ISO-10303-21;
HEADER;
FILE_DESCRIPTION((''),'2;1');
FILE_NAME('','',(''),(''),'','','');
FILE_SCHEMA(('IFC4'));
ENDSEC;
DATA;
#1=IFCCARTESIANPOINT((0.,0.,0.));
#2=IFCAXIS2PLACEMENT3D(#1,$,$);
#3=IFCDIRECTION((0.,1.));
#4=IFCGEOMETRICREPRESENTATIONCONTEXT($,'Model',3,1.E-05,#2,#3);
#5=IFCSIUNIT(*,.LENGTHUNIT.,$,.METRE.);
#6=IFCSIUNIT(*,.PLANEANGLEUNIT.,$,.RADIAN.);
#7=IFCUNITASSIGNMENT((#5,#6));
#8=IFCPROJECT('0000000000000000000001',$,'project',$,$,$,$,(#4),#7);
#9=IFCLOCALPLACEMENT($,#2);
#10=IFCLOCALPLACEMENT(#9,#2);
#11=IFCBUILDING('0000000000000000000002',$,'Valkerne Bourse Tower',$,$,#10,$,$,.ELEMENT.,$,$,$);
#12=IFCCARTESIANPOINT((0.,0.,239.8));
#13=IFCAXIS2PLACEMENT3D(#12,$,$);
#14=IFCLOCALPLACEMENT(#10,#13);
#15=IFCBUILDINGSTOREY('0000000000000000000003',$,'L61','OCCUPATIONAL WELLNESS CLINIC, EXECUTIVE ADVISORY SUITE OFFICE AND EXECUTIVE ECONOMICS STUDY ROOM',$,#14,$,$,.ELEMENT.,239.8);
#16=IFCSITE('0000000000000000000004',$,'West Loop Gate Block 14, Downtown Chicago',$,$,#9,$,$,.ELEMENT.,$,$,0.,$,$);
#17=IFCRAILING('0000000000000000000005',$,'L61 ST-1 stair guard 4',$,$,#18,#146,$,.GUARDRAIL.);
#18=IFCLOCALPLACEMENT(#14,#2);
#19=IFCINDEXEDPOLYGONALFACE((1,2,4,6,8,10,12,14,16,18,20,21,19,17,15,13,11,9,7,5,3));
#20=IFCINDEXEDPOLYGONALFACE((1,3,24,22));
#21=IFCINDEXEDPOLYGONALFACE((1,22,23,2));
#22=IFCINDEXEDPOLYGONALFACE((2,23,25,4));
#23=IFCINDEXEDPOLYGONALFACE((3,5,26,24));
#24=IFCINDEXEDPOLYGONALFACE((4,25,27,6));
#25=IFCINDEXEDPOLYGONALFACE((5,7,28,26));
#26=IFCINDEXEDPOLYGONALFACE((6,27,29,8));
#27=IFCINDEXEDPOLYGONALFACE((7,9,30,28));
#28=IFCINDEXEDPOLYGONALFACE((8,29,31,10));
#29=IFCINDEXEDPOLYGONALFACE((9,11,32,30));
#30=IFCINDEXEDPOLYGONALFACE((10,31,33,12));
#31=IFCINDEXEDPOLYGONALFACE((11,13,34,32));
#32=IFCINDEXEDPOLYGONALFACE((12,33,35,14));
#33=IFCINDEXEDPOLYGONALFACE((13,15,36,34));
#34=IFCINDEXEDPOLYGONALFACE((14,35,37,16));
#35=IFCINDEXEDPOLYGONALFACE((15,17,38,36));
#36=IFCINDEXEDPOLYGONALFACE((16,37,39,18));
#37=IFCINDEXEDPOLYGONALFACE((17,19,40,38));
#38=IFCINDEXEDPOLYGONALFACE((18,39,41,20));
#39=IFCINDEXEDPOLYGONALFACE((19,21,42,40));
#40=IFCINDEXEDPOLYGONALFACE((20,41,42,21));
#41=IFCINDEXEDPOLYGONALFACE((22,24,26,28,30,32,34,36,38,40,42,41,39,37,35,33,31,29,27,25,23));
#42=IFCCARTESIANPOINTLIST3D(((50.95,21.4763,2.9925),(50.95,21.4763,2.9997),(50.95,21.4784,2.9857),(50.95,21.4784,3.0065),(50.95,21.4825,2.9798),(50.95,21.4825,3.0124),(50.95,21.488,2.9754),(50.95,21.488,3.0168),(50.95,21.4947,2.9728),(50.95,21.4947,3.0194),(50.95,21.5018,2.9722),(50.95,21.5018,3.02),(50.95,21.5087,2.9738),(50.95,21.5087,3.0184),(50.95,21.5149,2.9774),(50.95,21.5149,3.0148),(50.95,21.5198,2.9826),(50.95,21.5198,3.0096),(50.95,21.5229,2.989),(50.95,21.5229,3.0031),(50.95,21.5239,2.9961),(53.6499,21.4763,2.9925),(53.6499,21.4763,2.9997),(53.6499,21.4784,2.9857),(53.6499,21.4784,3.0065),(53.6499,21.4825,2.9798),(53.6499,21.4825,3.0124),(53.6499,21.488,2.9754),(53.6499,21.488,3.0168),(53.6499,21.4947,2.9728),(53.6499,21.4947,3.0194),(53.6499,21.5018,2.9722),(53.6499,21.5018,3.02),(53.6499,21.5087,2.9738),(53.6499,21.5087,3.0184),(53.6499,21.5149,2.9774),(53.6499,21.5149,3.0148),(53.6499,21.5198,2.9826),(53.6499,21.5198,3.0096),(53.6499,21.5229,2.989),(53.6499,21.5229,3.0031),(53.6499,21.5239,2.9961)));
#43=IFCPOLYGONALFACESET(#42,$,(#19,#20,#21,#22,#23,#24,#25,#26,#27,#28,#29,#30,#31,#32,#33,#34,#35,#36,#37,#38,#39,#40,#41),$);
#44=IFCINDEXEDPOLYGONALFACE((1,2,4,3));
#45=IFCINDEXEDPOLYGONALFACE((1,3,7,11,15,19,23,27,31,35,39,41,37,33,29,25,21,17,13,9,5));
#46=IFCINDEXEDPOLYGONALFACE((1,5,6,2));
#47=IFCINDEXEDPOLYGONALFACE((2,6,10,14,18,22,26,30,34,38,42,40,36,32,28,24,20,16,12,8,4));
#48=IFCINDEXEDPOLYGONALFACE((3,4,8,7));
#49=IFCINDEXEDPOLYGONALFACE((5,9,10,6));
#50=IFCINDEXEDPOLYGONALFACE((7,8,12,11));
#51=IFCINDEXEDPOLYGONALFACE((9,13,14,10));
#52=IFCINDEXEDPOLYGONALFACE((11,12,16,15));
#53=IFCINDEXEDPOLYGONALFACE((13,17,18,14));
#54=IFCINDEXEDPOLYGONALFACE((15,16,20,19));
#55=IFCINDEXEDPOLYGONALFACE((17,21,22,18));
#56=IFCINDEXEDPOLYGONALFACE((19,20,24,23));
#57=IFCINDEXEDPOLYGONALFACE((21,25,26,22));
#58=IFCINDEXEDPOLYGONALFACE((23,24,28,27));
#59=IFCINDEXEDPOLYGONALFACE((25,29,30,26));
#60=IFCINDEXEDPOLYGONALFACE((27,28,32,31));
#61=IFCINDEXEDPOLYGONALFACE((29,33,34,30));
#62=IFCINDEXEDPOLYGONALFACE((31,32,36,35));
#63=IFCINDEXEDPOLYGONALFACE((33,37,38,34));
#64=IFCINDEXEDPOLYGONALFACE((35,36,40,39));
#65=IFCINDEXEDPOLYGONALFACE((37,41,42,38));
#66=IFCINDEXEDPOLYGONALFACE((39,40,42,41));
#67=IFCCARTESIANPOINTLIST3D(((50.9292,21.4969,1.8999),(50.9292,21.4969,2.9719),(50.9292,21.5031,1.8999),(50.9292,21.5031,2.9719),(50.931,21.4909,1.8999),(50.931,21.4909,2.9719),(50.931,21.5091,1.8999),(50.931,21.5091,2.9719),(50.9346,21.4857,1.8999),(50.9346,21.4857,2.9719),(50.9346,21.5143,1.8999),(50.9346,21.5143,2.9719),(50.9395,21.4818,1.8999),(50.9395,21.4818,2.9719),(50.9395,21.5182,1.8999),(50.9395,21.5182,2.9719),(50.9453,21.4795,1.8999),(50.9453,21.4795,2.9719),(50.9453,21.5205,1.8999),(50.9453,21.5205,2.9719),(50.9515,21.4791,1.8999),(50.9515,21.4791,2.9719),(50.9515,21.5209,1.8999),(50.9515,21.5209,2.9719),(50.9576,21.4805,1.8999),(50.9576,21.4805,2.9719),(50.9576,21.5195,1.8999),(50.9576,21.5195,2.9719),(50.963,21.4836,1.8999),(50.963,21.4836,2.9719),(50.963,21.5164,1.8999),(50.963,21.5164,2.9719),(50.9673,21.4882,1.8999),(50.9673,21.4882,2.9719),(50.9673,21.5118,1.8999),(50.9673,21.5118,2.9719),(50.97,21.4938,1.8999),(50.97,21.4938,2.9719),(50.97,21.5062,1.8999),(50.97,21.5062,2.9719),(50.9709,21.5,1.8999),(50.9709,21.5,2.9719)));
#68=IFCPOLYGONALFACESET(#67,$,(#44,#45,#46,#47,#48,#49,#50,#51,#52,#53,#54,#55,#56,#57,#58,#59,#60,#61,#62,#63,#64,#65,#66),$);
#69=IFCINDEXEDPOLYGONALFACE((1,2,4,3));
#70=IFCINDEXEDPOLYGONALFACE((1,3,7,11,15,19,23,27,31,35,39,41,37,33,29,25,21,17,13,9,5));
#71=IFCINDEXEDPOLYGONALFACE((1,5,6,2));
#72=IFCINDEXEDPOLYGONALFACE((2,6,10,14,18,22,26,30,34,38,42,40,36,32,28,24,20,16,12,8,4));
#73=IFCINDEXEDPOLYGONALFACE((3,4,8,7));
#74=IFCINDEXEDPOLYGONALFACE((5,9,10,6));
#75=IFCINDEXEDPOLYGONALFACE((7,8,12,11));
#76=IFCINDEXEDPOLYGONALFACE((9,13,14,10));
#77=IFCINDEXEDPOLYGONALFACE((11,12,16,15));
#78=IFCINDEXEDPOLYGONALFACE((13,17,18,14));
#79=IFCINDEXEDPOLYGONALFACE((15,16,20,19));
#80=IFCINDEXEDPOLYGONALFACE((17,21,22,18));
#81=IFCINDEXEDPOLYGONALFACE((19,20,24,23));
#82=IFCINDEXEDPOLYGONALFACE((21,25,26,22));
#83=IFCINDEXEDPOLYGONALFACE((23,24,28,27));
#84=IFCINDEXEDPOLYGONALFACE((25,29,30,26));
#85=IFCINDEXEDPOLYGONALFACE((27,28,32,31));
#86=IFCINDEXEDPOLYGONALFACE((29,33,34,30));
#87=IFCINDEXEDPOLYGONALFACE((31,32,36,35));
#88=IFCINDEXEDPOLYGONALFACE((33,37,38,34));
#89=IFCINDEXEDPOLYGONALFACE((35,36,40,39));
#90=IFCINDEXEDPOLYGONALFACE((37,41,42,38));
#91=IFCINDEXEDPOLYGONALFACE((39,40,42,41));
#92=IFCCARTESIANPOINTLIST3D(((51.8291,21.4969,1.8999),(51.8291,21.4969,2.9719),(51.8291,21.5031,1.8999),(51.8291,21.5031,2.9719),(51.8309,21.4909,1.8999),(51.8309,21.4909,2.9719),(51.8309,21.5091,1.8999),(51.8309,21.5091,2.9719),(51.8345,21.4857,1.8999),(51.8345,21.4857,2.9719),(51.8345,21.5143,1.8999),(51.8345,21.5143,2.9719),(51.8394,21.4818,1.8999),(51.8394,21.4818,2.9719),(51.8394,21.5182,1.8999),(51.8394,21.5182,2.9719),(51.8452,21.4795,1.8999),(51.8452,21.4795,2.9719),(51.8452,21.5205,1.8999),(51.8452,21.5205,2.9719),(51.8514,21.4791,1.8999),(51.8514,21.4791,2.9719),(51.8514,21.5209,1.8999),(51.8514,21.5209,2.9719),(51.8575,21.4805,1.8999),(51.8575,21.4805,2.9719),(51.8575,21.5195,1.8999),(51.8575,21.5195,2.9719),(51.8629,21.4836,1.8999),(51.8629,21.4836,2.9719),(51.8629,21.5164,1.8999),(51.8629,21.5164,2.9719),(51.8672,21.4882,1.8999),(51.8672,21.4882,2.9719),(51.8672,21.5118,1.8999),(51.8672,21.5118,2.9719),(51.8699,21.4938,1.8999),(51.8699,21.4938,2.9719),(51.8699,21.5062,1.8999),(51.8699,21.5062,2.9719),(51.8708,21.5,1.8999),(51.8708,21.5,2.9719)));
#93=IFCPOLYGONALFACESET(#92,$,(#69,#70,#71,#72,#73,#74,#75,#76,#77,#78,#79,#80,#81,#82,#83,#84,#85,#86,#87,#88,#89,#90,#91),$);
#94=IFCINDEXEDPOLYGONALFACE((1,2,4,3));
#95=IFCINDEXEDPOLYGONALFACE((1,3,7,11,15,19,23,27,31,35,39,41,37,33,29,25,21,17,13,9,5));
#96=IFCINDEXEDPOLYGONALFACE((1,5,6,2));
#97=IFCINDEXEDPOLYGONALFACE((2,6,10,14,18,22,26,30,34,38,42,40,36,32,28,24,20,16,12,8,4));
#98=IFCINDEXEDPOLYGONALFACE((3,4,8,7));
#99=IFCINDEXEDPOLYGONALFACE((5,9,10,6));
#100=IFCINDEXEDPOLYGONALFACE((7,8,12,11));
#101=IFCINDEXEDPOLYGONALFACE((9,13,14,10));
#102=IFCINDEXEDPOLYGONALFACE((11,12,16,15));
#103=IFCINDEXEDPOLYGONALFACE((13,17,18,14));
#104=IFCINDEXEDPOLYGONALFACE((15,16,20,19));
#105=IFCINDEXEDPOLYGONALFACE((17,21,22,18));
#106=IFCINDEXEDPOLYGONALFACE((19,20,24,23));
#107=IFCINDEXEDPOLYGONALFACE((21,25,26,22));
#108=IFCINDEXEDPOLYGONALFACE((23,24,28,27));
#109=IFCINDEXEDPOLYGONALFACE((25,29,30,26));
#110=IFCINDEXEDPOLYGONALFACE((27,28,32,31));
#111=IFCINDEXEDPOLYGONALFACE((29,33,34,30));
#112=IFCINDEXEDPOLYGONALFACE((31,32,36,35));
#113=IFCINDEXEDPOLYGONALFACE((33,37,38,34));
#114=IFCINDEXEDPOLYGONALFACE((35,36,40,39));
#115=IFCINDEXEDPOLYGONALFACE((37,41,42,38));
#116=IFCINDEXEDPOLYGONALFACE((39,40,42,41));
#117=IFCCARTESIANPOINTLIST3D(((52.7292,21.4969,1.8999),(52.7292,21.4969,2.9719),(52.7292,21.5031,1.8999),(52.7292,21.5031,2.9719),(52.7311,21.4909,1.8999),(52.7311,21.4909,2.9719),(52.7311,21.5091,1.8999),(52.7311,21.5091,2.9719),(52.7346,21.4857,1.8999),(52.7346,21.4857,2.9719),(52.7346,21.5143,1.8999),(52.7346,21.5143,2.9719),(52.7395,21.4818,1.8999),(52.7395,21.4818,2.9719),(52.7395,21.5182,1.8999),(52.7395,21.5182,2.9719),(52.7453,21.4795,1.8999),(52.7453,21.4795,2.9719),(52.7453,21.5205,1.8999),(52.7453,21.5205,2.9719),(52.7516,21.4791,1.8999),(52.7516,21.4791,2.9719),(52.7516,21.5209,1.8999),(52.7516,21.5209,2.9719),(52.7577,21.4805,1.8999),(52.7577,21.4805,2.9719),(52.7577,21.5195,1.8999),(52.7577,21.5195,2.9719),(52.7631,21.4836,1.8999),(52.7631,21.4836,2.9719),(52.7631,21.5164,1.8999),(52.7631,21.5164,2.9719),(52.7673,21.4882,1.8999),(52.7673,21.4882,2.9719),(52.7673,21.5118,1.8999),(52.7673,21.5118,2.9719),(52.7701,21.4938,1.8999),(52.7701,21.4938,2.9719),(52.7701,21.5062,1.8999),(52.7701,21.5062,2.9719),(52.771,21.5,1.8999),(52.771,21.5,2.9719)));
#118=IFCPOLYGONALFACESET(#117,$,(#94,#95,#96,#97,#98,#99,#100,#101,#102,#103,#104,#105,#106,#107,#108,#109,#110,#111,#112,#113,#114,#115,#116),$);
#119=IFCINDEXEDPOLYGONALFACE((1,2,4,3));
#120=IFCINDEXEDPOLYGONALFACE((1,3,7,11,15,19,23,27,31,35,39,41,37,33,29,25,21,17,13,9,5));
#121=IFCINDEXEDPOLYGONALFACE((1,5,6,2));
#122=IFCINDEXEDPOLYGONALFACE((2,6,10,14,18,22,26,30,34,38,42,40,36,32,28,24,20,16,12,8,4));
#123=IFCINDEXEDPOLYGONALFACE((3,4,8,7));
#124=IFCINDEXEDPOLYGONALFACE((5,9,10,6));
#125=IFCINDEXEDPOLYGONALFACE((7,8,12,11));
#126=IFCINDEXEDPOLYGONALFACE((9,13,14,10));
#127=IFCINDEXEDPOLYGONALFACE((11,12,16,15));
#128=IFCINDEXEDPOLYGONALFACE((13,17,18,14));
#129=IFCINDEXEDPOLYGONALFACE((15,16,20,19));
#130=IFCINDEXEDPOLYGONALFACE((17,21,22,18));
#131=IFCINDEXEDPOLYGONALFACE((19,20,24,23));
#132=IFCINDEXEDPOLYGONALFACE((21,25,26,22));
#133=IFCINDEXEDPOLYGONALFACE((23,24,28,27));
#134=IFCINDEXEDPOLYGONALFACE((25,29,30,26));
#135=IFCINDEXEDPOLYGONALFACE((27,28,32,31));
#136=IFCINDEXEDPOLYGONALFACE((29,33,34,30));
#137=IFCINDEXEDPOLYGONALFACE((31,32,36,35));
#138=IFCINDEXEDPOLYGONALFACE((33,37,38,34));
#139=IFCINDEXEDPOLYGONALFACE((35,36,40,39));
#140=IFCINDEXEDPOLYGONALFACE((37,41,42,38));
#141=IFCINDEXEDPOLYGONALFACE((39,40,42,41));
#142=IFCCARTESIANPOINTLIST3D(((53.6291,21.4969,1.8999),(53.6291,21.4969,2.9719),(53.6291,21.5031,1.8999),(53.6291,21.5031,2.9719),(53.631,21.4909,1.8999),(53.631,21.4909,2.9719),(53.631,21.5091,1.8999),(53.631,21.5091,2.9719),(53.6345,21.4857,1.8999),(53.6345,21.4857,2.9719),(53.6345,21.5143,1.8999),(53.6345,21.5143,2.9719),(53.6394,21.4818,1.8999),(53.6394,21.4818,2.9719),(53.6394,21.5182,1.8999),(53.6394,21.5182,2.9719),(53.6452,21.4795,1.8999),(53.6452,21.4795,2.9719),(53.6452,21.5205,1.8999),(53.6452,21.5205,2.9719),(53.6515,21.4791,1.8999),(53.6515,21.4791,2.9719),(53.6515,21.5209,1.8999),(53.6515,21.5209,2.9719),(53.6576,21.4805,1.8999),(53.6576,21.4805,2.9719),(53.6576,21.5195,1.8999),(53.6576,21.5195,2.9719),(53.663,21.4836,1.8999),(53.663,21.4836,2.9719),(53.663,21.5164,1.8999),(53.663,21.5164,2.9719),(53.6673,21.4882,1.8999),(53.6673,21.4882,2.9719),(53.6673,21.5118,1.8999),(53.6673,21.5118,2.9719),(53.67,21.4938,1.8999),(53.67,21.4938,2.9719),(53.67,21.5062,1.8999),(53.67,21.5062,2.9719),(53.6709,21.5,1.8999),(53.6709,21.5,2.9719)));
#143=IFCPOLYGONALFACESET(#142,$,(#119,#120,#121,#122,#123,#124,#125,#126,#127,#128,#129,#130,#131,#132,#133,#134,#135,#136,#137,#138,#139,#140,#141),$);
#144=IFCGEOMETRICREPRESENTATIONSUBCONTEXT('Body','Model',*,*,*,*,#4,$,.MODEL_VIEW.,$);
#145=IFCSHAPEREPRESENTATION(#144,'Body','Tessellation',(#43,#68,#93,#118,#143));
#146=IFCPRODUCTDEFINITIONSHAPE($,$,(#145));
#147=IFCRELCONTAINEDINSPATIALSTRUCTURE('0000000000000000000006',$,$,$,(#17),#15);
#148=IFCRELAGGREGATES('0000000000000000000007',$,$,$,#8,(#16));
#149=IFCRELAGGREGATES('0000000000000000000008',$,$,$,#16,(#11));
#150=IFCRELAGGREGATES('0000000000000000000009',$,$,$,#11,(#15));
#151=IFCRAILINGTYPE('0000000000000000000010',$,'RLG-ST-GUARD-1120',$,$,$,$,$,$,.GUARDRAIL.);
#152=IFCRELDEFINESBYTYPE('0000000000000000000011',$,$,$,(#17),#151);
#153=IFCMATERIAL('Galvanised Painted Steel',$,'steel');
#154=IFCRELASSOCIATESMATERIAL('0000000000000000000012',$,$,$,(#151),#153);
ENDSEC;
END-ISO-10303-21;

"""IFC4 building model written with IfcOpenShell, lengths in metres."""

from ifc_helpers import new_model, si_unit, direction, frame, origin, origin_2d, place, context, subcontext, project, spatial, circle, extrude, material, type_object, element, save


model = new_model("IFC4")

# Units and contexts
model_context = context("Model", 3, precision=1e-05, world=origin(), true_north=direction((0.0, 1.0)))
body_context = subcontext(model_context, "Body", "Model", "MODEL_VIEW")
ifc_project = project(units=[si_unit("LENGTHUNIT", "METRE"), si_unit("PLANEANGLEUNIT", "RADIAN")], contexts=[model_context])

# Site, building, storey
site_placement = place(None, origin())
site = spatial("IfcSite", under=ifc_project, at=site_placement, Name="West Loop Gate Block 14, Downtown Chicago", CompositionType="ELEMENT", RefElevation=0.0)
building_placement = place(site_placement, origin())
building = spatial("IfcBuilding", under=site, at=building_placement, Name="Valkerne Bourse Tower", CompositionType="ELEMENT")
storey_placement = place(building_placement, frame((0.0, 0.0, 239.8)))
storey = spatial("IfcBuildingStorey", under=building, at=storey_placement, Name="L61", Description="OCCUPATIONAL WELLNESS CLINIC, EXECUTIVE ADVISORY SUITE OFFICE AND EXECUTIVE ECONOMICS STUDY ROOM", CompositionType="ELEMENT", Elevation=239.8)

# Shared definitions
ifc_material_1 = material(Name="Galvanised Painted Steel", Category="steel")

# Railing
railing_type_1 = type_object("IfcRailingType", Name="RLG-ST-GUARD-1120", PredefinedType="GUARDRAIL", material=ifc_material_1)
for number, where, name in (
    (1, (50.95, 21.5, 1.8999), "L61 ST-1 stair guard 4"),
):
    element("IfcRailing", number, at=place(storey_placement, frame(where)), inside=storey, type_object=railing_type_1, Name=name, PredefinedType="GUARDRAIL", context=body_context, shape_type="SweptSolid", body=[
        extrude(circle(Radius=0.0239, at=origin_2d()), frame((0.0, 0.0, 1.0962), z_axis=(1.0, 0.0, 0.0), x_axis=(0.0, 1.0, 0.0)), (0.0, 0.0, 1.0), 2.7),
        extrude(circle(Radius=0.021, at=origin_2d()), origin(), (0.0, 0.0, 1.0), 1.072),
        extrude(circle(Radius=0.021, at=origin_2d()), frame((0.8999, 0.0, 0.0)), (0.0, 0.0, 1.0), 1.072),
        extrude(circle(Radius=0.021, at=origin_2d()), frame((1.8, 0.0, 0.0)), (0.0, 0.0, 1.0), 1.072),
        extrude(circle(Radius=0.021, at=origin_2d()), frame((2.7, 0.0, 0.0)), (0.0, 0.0, 1.0), 1.072),
    ])

save(model, "model.ifc")
